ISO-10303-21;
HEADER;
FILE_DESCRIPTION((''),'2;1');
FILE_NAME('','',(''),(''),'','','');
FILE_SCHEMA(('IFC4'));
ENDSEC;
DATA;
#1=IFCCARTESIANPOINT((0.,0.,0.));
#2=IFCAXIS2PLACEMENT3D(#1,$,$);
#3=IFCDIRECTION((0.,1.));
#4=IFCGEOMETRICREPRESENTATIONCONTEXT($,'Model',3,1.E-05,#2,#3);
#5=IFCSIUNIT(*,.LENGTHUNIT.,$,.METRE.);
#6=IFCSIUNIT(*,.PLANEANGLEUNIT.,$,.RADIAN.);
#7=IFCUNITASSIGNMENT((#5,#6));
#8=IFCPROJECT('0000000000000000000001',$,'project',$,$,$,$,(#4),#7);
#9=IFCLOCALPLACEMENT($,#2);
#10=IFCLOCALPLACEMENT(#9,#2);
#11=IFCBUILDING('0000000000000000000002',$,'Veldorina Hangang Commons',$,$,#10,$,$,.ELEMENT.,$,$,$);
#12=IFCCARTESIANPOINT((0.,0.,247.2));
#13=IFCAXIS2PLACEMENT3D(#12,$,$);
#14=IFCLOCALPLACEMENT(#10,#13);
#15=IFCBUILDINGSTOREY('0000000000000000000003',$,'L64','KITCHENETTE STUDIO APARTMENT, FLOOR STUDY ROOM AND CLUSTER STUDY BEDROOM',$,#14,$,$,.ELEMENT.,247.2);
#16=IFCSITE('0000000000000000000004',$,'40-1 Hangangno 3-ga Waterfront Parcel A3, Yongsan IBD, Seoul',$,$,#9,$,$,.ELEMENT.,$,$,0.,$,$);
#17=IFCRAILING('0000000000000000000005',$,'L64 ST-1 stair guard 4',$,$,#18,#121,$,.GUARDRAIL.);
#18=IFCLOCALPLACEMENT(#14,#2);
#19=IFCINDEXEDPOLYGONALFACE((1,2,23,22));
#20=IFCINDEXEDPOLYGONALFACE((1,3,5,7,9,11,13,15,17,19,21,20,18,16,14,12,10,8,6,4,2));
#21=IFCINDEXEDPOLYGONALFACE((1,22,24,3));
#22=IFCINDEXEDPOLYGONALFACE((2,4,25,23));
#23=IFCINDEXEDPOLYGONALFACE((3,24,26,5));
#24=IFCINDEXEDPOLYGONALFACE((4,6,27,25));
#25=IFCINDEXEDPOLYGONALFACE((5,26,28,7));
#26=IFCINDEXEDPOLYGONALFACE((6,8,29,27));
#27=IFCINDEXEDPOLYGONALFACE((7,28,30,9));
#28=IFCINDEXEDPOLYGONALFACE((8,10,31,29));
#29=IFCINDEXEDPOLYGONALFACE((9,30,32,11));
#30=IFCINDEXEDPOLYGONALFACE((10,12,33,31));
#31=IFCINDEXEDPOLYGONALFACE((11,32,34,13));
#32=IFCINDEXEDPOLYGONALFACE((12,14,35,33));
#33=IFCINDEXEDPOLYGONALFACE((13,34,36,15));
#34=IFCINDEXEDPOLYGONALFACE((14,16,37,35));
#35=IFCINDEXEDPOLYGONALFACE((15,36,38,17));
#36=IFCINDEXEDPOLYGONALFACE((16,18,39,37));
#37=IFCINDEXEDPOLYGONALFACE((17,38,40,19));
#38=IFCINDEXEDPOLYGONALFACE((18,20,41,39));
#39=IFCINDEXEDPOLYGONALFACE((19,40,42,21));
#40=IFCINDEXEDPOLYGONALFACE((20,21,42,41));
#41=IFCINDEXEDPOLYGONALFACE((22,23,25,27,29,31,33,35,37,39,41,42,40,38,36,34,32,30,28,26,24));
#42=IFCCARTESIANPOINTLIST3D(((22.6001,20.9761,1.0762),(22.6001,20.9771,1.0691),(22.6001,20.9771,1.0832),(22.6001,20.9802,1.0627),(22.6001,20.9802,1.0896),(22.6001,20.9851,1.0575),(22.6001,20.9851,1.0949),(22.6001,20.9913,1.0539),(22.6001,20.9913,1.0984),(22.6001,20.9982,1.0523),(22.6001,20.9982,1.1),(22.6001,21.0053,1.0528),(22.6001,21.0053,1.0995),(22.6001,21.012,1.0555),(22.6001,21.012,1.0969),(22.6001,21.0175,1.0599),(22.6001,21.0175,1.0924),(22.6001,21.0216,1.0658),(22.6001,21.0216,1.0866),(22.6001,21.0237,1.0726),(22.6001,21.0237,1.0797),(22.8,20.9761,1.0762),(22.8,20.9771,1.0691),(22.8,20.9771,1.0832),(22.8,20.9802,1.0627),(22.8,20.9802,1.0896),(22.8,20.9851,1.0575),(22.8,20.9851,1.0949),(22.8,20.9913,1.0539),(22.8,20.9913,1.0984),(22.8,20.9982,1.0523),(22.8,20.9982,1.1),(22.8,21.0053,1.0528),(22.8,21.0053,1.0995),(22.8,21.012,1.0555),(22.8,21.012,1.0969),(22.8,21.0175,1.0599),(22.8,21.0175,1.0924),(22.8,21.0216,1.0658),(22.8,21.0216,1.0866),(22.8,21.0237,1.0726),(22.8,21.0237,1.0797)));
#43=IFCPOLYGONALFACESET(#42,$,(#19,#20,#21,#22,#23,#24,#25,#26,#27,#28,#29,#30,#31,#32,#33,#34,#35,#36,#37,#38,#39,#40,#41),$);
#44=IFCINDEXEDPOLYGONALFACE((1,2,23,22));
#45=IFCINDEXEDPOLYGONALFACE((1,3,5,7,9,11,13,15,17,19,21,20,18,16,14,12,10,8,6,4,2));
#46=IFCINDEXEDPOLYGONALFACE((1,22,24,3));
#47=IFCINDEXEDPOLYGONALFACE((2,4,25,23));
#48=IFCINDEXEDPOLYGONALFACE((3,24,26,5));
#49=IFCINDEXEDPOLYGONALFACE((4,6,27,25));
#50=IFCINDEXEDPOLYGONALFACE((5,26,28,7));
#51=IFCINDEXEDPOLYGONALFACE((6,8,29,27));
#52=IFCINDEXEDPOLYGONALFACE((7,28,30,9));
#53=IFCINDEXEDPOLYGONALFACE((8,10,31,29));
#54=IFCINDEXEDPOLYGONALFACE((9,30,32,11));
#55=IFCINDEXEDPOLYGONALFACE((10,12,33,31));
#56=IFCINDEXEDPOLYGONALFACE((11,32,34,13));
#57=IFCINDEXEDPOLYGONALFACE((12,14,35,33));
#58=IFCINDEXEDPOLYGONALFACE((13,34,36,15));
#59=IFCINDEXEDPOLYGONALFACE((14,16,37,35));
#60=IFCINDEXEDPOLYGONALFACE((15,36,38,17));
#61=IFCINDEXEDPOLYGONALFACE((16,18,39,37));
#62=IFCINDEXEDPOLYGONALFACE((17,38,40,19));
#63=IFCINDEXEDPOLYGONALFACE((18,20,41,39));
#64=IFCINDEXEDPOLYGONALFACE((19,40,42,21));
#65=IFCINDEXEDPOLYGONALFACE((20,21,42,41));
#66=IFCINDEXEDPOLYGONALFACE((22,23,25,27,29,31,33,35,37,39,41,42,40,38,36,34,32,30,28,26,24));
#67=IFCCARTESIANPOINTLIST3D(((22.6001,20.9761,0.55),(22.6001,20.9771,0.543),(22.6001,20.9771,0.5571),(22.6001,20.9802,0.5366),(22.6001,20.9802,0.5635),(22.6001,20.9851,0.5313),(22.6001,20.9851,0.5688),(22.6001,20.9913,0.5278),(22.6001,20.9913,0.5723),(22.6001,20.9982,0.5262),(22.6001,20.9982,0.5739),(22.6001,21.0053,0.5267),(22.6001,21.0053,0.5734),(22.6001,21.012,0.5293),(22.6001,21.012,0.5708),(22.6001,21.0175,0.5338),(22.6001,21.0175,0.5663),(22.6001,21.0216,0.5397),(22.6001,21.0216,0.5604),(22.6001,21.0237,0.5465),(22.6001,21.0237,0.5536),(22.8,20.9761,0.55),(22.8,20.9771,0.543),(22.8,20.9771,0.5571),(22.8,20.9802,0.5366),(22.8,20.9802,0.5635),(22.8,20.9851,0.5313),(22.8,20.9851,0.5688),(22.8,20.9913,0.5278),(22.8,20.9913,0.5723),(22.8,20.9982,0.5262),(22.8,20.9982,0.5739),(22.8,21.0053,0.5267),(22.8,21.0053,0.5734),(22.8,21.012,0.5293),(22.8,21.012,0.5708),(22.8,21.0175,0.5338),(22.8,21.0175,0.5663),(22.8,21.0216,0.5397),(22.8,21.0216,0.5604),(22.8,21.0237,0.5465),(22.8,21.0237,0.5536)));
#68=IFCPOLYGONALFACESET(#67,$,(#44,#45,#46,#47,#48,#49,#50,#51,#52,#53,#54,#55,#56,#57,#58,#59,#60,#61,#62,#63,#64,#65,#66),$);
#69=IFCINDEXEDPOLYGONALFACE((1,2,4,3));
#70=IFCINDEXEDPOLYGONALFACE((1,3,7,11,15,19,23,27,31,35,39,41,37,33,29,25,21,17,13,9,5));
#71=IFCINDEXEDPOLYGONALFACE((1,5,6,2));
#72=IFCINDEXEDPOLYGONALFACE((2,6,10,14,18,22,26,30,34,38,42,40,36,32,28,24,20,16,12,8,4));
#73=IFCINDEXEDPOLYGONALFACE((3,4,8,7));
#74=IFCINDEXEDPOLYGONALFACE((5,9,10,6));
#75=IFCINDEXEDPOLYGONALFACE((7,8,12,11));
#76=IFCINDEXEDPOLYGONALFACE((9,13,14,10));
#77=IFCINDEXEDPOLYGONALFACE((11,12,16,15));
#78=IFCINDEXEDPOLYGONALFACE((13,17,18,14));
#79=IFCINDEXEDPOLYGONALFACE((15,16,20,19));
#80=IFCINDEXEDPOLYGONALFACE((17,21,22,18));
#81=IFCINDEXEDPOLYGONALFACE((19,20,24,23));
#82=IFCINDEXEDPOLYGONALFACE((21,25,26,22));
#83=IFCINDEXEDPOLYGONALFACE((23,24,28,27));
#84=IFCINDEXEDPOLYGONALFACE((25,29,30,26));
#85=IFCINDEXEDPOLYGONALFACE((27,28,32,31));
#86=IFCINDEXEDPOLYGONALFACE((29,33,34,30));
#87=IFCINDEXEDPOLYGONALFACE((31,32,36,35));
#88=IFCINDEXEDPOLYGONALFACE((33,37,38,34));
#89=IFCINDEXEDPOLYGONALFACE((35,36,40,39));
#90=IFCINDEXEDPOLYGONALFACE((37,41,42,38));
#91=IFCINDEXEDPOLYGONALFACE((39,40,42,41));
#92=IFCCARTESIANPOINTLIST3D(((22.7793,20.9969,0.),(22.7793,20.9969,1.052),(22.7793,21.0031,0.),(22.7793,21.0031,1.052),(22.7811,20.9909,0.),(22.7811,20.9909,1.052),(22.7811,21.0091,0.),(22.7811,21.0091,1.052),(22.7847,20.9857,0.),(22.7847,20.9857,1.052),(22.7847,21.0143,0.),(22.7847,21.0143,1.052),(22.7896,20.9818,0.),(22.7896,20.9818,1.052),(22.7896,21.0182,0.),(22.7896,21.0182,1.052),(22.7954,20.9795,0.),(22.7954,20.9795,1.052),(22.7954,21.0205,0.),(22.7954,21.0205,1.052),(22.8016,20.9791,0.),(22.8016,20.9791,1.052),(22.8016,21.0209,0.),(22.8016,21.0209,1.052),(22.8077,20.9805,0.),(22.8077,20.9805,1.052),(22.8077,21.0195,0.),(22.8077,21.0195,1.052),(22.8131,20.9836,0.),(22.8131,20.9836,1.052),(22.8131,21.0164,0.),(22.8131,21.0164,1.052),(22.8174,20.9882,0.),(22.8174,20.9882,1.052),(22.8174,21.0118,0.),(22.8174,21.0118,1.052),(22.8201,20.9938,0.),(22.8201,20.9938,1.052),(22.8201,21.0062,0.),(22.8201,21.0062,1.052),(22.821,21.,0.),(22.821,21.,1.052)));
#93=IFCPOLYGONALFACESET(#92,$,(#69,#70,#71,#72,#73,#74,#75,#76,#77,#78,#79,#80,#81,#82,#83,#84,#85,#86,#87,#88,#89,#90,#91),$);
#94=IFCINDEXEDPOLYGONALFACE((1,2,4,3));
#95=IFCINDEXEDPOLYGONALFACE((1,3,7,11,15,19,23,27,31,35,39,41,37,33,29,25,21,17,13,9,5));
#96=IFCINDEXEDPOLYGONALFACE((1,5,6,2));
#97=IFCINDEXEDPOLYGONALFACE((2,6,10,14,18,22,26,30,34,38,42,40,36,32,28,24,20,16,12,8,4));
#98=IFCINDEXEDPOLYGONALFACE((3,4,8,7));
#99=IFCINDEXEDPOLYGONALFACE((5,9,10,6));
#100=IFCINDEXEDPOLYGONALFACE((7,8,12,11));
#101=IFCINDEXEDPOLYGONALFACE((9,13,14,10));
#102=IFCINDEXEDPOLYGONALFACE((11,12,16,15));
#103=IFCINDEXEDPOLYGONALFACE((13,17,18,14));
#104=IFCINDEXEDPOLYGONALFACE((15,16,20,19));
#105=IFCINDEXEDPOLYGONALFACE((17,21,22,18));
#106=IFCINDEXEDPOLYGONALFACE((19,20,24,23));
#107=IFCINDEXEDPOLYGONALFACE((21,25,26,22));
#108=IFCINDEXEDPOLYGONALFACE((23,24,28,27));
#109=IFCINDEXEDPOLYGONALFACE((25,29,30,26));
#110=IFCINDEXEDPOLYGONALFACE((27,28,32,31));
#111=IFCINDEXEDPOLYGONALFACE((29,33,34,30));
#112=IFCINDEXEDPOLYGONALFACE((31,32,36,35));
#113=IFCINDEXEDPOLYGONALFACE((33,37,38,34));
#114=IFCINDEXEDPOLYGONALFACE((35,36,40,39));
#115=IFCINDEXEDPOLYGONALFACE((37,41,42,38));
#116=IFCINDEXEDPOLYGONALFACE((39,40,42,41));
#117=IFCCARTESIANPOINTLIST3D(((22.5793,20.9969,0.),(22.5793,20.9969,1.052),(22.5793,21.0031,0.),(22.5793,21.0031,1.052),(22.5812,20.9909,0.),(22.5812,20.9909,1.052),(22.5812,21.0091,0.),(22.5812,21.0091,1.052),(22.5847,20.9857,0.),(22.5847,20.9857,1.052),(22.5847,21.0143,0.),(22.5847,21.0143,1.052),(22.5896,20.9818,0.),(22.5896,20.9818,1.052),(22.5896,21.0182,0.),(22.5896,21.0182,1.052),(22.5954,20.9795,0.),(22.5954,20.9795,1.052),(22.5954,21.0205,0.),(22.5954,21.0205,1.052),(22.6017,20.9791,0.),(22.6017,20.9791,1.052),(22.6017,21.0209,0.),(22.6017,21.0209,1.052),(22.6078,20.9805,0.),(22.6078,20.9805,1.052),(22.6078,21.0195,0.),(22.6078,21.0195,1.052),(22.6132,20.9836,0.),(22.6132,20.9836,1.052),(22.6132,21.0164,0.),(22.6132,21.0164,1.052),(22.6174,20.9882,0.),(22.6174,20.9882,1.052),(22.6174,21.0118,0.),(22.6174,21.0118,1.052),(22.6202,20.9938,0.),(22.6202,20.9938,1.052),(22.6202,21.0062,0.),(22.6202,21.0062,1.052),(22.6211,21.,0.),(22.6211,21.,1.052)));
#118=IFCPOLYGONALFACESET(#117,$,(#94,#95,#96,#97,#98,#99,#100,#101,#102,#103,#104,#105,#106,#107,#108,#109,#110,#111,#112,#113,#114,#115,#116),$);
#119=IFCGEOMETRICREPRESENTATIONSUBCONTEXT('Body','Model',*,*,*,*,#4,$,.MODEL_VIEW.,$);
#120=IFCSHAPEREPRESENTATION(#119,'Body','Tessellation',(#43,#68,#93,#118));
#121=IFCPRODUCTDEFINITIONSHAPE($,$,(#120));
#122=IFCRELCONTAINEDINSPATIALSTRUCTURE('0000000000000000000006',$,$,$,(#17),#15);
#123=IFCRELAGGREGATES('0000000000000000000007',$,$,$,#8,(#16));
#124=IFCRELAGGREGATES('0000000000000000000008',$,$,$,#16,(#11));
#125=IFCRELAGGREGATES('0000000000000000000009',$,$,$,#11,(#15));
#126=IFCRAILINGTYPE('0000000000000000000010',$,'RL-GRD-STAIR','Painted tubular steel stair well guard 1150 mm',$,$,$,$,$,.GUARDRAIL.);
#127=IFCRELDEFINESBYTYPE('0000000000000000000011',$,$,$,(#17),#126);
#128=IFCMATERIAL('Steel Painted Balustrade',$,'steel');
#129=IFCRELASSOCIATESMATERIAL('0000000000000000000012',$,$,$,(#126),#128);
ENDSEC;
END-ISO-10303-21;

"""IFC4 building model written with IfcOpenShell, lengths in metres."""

from ifc_helpers import new_model, si_unit, direction, frame, origin, origin_2d, place, context, subcontext, project, spatial, circle, extrude, material, type_object, element, save


model = new_model("IFC4")

# Units and contexts
model_context = context("Model", 3, precision=1e-05, world=origin(), true_north=direction((0.0, 1.0)))
body_context = subcontext(model_context, "Body", "Model", "MODEL_VIEW")
ifc_project = project(units=[si_unit("LENGTHUNIT", "METRE"), si_unit("PLANEANGLEUNIT", "RADIAN")], contexts=[model_context])

# Site, building, storey
site_placement = place(None, origin())
site = spatial("IfcSite", under=ifc_project, at=site_placement, Name="40-1 Hangangno 3-ga Waterfront Parcel A3, Yongsan IBD, Seoul", CompositionType="ELEMENT", RefElevation=0.0)
building_placement = place(site_placement, origin())
building = spatial("IfcBuilding", under=site, at=building_placement, Name="Veldorina Hangang Commons", CompositionType="ELEMENT")
storey_placement = place(building_placement, frame((0.0, 0.0, 247.2)))
storey = spatial("IfcBuildingStorey", under=building, at=storey_placement, Name="L64", Description="KITCHENETTE STUDIO APARTMENT, FLOOR STUDY ROOM AND CLUSTER STUDY BEDROOM", CompositionType="ELEMENT", Elevation=247.2)

# Railing
ifc_material_1 = material(Name="Steel Painted Balustrade", Category="steel")
railing_type_1 = type_object("IfcRailingType", Name="RL-GRD-STAIR", Description="Painted tubular steel stair well guard 1150 mm", PredefinedType="GUARDRAIL", material=ifc_material_1)
railing_1_placement = place(storey_placement, frame((22.8, 21.0, 0.0)))
element("IfcRailing", 1, at=railing_1_placement, inside=storey, type_object=railing_type_1, Name="L64 ST-1 stair guard 4", PredefinedType="GUARDRAIL", context=body_context, shape_type="SweptSolid", body=[
    extrude(circle(Radius=0.0239, at=origin_2d()), frame((0.0, 0.0, 1.0762), z_axis=(-1.0, 0.0, 0.0), x_axis=(0.0, -1.0, 0.0)), (0.0, 0.0, 1.0), 0.2),
    extrude(circle(Radius=0.0239, at=origin_2d()), frame((0.0, 0.0, 0.55), z_axis=(-1.0, 0.0, 0.0), x_axis=(0.0, -1.0, 0.0)), (0.0, 0.0, 1.0), 0.2),
    extrude(circle(Radius=0.021, at=origin_2d()), origin(), (0.0, 0.0, 1.0), 1.052),
    extrude(circle(Radius=0.021, at=origin_2d()), frame((-0.2, 0.0, 0.0)), (0.0, 0.0, 1.0), 1.052),
])

save(model, "model.ifc")
